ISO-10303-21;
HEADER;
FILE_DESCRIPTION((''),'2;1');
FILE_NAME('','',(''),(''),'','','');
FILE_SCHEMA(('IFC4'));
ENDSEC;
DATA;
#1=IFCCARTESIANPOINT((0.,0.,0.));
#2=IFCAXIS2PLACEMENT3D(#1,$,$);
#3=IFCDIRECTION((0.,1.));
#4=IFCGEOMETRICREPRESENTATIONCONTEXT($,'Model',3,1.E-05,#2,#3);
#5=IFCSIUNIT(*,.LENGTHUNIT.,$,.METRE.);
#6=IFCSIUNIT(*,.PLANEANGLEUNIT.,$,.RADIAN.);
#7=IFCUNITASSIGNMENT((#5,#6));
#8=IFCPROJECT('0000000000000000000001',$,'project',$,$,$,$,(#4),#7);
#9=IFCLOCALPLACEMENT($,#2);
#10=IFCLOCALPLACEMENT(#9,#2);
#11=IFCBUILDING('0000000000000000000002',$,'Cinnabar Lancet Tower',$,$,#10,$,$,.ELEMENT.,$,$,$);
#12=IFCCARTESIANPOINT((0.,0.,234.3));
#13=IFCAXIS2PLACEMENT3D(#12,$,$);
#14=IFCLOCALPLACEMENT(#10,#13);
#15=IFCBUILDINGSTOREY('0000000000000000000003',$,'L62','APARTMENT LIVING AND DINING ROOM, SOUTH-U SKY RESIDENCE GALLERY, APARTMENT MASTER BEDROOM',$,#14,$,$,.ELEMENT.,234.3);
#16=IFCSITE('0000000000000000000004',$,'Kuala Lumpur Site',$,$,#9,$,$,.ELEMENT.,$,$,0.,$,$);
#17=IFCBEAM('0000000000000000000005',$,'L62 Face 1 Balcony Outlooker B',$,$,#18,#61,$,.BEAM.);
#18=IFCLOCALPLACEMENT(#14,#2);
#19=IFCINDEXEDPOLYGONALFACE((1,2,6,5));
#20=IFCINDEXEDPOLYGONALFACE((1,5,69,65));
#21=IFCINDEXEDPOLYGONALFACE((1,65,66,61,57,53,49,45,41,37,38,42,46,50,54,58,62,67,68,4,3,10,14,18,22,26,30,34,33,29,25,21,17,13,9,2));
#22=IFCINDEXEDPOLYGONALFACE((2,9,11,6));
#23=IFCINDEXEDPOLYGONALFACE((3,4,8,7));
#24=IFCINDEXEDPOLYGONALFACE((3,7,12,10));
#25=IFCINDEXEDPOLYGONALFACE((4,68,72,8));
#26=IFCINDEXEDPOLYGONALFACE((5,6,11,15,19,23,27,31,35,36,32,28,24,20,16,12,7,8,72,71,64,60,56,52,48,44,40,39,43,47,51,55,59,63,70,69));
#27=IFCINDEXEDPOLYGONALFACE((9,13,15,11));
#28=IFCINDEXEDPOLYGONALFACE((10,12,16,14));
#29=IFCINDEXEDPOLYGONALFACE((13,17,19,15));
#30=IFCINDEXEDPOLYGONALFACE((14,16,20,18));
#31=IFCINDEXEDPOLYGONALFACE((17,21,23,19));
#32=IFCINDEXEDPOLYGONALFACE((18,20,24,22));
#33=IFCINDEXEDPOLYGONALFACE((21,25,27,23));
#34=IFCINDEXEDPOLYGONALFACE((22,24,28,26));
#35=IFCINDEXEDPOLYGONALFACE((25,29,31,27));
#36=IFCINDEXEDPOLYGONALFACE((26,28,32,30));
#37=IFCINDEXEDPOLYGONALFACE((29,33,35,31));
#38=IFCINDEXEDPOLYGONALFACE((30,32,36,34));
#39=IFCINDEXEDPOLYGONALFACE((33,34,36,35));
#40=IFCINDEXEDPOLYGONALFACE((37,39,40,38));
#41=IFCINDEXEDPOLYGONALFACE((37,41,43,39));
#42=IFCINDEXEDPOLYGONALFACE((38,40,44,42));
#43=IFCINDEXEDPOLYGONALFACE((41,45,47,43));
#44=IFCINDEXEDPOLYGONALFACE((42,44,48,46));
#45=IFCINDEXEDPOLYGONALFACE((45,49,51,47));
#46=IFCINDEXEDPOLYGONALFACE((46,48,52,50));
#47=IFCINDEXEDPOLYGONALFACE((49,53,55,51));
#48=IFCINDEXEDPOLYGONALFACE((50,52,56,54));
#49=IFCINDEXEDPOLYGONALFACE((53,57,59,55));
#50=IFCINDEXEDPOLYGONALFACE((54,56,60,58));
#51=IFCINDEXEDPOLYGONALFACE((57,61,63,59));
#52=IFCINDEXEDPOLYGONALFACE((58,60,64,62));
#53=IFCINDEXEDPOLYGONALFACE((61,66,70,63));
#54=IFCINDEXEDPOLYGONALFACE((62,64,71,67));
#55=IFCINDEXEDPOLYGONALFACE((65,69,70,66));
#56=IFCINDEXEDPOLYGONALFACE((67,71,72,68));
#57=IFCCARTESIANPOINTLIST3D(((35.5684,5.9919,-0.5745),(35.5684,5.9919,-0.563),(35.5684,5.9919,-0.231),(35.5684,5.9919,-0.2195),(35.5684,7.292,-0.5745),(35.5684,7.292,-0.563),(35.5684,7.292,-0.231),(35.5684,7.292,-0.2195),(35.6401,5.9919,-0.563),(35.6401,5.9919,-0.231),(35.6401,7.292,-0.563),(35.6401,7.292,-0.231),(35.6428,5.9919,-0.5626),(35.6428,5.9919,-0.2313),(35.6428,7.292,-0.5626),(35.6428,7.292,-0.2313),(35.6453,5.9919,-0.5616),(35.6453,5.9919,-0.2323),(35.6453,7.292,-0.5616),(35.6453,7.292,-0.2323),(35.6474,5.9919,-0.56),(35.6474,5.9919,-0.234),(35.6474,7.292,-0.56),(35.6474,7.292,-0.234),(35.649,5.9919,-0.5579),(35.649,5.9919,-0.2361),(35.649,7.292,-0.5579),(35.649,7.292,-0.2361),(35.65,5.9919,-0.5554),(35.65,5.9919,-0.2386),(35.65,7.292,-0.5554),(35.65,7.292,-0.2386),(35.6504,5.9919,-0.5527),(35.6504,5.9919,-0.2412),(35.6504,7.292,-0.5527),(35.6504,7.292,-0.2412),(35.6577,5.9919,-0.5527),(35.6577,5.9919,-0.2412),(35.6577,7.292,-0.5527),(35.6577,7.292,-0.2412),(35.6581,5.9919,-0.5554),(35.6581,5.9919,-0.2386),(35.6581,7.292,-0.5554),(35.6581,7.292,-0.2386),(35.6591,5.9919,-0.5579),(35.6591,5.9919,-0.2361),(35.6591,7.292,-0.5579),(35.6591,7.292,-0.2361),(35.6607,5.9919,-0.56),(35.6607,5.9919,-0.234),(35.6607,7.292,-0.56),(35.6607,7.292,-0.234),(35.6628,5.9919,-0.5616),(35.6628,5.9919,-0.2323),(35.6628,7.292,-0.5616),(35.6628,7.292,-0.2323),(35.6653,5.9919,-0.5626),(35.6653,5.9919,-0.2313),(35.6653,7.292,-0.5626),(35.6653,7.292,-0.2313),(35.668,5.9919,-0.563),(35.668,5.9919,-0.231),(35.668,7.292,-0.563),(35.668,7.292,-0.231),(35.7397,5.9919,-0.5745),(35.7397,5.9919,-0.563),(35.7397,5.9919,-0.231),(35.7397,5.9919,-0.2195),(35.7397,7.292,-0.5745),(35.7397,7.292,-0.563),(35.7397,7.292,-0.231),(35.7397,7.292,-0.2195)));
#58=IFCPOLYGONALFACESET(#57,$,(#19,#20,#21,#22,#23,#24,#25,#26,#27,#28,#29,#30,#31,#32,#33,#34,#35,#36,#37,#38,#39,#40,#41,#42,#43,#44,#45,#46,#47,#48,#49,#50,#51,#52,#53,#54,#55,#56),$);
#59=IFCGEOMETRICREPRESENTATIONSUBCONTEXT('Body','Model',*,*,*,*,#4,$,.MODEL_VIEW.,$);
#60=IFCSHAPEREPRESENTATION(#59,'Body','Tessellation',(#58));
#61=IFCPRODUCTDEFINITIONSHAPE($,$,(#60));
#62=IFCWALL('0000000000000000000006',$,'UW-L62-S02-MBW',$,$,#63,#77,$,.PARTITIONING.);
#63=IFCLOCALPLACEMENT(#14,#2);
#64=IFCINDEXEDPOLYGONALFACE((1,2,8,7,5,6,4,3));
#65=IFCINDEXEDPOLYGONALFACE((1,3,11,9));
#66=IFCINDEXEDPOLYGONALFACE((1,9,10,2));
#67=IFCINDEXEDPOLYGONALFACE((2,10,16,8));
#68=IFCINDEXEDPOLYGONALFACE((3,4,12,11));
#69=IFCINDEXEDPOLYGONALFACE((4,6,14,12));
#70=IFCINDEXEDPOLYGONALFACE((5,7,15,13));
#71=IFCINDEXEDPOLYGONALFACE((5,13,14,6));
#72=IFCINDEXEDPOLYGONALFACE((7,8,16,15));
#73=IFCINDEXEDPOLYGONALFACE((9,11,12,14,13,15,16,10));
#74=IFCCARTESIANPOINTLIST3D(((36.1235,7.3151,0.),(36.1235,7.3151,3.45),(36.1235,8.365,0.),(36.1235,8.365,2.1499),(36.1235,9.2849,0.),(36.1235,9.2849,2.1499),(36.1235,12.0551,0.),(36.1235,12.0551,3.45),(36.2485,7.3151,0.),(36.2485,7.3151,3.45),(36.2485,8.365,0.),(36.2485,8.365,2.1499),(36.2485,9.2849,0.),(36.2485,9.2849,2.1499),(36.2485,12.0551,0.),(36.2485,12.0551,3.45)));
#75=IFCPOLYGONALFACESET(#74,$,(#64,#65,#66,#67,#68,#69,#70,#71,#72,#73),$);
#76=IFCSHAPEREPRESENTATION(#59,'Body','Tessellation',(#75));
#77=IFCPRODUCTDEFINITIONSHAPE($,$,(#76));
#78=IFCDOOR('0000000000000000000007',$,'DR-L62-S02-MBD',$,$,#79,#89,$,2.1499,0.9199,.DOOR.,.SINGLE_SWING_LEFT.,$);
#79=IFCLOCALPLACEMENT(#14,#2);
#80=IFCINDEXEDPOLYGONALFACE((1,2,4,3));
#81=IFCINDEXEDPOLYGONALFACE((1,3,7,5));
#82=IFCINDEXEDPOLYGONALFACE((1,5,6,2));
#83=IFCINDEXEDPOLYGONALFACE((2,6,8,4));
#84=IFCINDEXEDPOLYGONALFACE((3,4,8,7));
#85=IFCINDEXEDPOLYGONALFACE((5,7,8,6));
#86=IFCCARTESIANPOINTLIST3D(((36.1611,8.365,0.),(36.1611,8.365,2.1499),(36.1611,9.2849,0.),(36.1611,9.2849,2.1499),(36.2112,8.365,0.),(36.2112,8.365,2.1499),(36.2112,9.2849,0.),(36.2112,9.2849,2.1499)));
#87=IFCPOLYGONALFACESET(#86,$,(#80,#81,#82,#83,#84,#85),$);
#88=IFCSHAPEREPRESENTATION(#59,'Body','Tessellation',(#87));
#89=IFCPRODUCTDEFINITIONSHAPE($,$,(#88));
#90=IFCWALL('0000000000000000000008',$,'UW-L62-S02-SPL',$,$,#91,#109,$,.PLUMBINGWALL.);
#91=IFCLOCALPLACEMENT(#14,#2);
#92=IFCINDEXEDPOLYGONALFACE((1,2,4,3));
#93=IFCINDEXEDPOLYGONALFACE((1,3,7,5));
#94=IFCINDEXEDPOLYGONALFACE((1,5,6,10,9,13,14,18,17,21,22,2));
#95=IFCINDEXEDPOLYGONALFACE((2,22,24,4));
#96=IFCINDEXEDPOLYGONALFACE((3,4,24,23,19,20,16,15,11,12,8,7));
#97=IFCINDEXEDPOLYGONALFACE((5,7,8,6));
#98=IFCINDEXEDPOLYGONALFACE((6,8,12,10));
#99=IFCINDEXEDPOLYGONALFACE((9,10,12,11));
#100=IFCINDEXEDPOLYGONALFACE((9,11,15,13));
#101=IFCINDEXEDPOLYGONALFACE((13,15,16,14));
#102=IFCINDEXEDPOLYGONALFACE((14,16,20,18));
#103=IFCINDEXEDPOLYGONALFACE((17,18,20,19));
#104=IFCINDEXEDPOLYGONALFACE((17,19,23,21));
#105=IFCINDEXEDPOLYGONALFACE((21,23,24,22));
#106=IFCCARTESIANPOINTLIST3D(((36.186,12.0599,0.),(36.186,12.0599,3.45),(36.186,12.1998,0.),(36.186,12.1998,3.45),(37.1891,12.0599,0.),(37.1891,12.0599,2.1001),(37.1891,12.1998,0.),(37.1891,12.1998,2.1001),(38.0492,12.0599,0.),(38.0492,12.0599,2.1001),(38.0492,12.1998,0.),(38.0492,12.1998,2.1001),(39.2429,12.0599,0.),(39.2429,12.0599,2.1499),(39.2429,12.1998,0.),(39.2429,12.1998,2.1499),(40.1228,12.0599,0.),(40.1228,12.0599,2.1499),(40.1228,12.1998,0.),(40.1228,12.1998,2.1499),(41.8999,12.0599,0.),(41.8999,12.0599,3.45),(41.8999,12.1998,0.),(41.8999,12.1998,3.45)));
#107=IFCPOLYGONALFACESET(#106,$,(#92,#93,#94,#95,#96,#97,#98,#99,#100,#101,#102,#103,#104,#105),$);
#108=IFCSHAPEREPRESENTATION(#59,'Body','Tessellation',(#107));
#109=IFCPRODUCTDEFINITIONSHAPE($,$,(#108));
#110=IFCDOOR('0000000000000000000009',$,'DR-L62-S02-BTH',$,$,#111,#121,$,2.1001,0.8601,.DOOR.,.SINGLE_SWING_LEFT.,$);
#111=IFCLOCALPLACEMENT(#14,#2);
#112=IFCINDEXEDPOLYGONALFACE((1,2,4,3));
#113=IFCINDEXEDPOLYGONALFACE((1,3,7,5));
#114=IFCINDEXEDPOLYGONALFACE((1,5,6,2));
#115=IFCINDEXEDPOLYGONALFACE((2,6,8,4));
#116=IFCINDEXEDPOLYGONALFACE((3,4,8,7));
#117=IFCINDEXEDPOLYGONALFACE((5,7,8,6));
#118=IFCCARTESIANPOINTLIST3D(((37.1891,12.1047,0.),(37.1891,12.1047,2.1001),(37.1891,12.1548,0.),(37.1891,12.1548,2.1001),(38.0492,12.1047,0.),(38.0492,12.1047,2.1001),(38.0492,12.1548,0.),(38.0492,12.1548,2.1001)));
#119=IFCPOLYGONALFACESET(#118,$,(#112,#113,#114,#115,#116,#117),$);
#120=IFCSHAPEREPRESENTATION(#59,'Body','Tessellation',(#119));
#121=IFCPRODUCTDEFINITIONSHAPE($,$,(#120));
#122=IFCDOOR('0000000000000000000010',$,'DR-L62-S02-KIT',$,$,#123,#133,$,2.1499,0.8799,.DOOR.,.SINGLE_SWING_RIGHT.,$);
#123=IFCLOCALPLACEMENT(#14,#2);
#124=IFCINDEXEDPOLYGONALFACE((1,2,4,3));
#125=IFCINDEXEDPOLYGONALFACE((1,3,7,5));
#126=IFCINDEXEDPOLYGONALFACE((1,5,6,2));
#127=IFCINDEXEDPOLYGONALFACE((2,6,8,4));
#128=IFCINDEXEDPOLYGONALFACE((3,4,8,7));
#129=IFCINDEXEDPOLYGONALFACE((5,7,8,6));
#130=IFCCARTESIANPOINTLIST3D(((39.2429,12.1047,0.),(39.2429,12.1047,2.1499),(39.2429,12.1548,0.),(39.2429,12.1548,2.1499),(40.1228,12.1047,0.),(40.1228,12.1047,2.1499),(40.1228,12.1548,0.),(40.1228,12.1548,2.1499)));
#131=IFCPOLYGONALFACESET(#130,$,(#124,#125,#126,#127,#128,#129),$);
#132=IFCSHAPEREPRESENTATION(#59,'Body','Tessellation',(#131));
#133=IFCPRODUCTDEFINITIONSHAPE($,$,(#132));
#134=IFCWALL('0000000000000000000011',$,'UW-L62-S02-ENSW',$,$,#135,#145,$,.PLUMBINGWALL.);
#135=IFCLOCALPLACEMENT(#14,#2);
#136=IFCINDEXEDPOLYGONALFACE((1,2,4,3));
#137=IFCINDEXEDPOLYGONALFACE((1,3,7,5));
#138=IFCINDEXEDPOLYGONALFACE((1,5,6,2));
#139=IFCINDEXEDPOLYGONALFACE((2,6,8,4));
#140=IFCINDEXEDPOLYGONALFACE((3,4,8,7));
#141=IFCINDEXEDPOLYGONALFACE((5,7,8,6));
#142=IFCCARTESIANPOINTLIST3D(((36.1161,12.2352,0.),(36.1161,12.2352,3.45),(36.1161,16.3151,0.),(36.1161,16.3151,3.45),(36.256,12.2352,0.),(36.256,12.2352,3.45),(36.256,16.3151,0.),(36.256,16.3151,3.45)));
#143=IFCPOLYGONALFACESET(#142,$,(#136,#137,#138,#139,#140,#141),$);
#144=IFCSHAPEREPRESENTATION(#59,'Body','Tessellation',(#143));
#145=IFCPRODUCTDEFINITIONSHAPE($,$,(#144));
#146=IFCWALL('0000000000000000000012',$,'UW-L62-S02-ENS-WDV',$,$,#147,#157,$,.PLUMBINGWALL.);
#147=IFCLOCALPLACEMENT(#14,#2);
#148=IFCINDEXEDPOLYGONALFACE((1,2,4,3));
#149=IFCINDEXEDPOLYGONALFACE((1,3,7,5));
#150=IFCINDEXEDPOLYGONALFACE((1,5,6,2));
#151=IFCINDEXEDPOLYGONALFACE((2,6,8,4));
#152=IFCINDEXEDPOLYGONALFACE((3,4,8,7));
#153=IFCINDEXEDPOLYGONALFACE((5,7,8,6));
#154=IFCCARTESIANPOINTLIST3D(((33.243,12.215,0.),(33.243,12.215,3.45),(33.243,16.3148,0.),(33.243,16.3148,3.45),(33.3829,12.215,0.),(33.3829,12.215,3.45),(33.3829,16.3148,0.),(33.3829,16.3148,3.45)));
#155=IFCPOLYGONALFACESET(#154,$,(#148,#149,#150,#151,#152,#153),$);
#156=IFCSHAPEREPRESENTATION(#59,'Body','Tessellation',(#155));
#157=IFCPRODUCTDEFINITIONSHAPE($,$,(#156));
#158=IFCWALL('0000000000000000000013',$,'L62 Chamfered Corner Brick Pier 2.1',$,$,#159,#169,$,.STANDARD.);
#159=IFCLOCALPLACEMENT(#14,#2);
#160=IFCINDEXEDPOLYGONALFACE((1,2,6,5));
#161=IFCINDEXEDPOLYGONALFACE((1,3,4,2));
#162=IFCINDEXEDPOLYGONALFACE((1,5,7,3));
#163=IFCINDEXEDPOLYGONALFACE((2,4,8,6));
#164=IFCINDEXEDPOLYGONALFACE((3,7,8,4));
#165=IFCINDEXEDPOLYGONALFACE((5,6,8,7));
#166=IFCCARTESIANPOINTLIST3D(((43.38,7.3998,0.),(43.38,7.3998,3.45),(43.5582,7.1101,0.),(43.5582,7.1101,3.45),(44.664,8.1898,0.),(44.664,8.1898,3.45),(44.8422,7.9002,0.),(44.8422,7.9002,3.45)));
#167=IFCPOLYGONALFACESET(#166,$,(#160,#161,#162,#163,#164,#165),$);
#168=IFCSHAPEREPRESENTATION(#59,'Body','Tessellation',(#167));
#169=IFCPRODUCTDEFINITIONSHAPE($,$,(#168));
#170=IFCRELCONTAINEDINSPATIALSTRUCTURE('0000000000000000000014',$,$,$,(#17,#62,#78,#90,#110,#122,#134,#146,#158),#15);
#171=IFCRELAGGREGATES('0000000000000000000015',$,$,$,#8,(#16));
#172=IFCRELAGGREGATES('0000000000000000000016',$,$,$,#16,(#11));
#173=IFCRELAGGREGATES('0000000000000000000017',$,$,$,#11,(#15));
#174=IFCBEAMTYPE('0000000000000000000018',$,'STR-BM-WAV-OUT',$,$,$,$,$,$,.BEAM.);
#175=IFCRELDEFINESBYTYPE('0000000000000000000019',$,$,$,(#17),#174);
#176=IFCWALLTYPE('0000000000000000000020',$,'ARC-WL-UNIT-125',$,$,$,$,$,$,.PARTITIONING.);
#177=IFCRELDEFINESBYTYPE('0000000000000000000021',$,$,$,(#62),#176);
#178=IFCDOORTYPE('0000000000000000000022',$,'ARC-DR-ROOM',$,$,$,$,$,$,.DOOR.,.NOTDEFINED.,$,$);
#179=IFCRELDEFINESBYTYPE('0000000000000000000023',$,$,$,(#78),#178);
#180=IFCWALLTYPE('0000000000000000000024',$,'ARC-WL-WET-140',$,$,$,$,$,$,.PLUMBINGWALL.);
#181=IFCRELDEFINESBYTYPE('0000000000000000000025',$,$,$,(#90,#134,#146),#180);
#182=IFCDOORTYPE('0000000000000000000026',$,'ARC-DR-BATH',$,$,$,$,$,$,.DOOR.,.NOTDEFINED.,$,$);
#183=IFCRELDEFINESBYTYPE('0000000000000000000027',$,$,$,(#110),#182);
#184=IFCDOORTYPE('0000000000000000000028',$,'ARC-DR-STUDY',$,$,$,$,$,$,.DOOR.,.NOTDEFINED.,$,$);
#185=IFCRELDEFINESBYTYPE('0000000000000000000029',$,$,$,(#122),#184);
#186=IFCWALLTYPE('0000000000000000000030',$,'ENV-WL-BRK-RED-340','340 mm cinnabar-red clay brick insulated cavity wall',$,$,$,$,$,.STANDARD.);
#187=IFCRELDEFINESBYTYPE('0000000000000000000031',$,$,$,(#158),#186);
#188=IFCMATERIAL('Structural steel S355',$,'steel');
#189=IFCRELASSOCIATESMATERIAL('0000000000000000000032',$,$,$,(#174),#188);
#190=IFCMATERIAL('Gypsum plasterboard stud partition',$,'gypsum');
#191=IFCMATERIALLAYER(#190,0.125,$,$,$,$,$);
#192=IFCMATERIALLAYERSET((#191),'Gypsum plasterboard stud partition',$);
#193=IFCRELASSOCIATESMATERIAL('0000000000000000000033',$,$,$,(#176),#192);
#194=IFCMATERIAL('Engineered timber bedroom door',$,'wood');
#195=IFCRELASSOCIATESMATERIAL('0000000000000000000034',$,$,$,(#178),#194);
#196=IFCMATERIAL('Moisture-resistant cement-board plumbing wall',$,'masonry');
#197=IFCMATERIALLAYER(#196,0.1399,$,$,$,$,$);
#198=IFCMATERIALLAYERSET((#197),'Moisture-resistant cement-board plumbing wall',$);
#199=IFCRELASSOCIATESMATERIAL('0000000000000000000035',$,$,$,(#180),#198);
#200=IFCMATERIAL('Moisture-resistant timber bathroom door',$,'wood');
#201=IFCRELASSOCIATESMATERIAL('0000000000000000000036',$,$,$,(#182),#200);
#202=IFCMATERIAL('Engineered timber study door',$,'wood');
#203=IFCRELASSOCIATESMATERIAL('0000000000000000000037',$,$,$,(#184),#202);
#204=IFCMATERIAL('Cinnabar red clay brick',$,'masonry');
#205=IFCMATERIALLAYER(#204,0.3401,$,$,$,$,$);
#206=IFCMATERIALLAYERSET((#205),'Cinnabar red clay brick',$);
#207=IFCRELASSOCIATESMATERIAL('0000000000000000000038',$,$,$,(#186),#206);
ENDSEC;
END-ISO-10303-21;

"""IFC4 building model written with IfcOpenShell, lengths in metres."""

from ifc_helpers import new_model, si_unit, direction, frame, frame_2d, origin, origin_2d, place, context, subcontext, project, spatial, rectangle, i_section, extrude, material, layer, layer_set, material_profile, profile_set, type_object, element, fill, save


model = new_model("IFC4")

# Units and contexts
model_context = context("Model", 3, precision=1e-05, world=origin(), true_north=direction((0.0, 1.0)))
body_context = subcontext(model_context, "Body", "Model", "MODEL_VIEW")
ifc_project = project(units=[si_unit("LENGTHUNIT", "METRE"), si_unit("PLANEANGLEUNIT", "RADIAN")], contexts=[model_context])

# Site, building, storey
site_placement = place(None, origin())
site = spatial("IfcSite", under=ifc_project, at=site_placement, Name="Kuala Lumpur Site", CompositionType="ELEMENT", RefElevation=0.0)
building_placement = place(site_placement, origin())
building = spatial("IfcBuilding", under=site, at=building_placement, Name="Cinnabar Lancet Tower", CompositionType="ELEMENT")
storey_placement = place(building_placement, frame((0.0, 0.0, 234.3)))
storey = spatial("IfcBuildingStorey", under=building, at=storey_placement, Name="L62", Description="APARTMENT LIVING AND DINING ROOM, SOUTH-U SKY RESIDENCE GALLERY, APARTMENT MASTER BEDROOM", CompositionType="ELEMENT", Elevation=234.3)

# Beam
ifc_material_1 = material(Name="Structural steel S355", Category="steel")
ifc_material_profile_1 = material_profile(ifc_material_1, i_section(OverallWidth=0.1714, OverallDepth=0.355, WebThickness=0.0073, FlangeThickness=0.0115, FilletRadius=0.0103, at=origin_2d()), Name="UKB 356x171x51")
ifc_profile_set_1 = profile_set([ifc_material_profile_1], Name="Structural steel S355")
beam_type_1 = type_object("IfcBeamType", Name="STR-BM-WAV-OUT", PredefinedType="BEAM", material=ifc_profile_set_1)
beam_1_placement = place(storey_placement, frame((35.6541, 7.292, -0.397), z_axis=(0.0, -1.0, 0.0), x_axis=(1.0, 0.0, 0.0)))
element("IfcBeam", 1, at=beam_1_placement, inside=storey, type_object=beam_type_1, Name="L62 Face 1 Balcony Outlooker B", PredefinedType="BEAM", context=body_context, shape_type="SweptSolid", body=[
    extrude(i_section(OverallWidth=0.1714, OverallDepth=0.355, WebThickness=0.0073, FlangeThickness=0.0115, FilletRadius=0.0103, at=origin_2d()), origin(), (0.0, 0.0, 1.0), 1.3),
])

# Wall, opening, door
ifc_material_2 = material(Name="Gypsum plasterboard stud partition", Category="gypsum")
ifc_layer_1 = layer(ifc_material_2, 0.125)
ifc_layer_set_1 = layer_set([ifc_layer_1], Name="Gypsum plasterboard stud partition")
wall_type_1 = type_object("IfcWallType", Name="ARC-WL-UNIT-125", PredefinedType="PARTITIONING", material=ifc_layer_set_1)
wall_1_placement = place(storey_placement, frame((36.186, 7.3149, 0.0), z_axis=(0.0, 0.0, 1.0), x_axis=(0.0, 1.0, 0.0)))
wall_1 = element("IfcWall", 2, at=wall_1_placement, inside=storey, type_object=wall_type_1, Name="UW-L62-S02-MBW", PredefinedType="PARTITIONING", context=body_context, shape_type="SweptSolid", body=[
    extrude(rectangle(XDim=4.74, YDim=0.125, at=frame_2d((2.3701, 0.0))), origin(), (0.0, 0.0, 1.0), 3.45),
])
opening_1_placement = place(wall_1_placement, frame((1.05, 0.0, 0.0)))
opening_1 = element("IfcOpeningElement", 3, at=opening_1_placement, cuts=wall_1, PredefinedType="OPENING", context=body_context, shape_type="SweptSolid", body=[
    extrude(rectangle(XDim=0.9199, YDim=2.1499, at=frame_2d((0.46, 1.075))), frame((0.0, 0.0725, 0.0), z_axis=(0.0, -1.0, 0.0), x_axis=(1.0, 0.0, 0.0)), (0.0, 0.0, 1.0), 0.145),
])
ifc_material_3 = material(Name="Engineered timber bedroom door", Category="wood")
door_type_1 = type_object("IfcDoorType", Name="ARC-DR-ROOM", OperationType="NOTDEFINED", PredefinedType="DOOR", material=ifc_material_3)
door_1_placement = place(opening_1_placement, origin())
door_1 = element("IfcDoor", 4, at=door_1_placement, inside=storey, type_object=door_type_1, Name="DR-L62-S02-MBD", OperationType="SINGLE_SWING_LEFT", OverallHeight=2.1499, OverallWidth=0.9199, PredefinedType="DOOR", context=body_context, shape_type="SweptSolid", body=[
    extrude(rectangle(XDim=0.9199, YDim=2.1499, at=frame_2d((0.46, 1.075))), frame((0.0, 0.0249, 0.0), z_axis=(0.0, -1.0, 0.0), x_axis=(1.0, 0.0, 0.0)), (0.0, 0.0, 1.0), 0.05),
])
fill(opening_1, door_1)

# Wall, openings, doors
ifc_material_4 = material(Name="Moisture-resistant cement-board plumbing wall", Category="masonry")
ifc_layer_2 = layer(ifc_material_4, 0.1399)
ifc_layer_set_2 = layer_set([ifc_layer_2], Name="Moisture-resistant cement-board plumbing wall")
wall_type_2 = type_object("IfcWallType", Name="ARC-WL-WET-140", PredefinedType="PLUMBINGWALL", material=ifc_layer_set_2)
wall_2_placement = place(storey_placement, frame((36.186, 12.1299, 0.0), z_axis=(0.0, 0.0, 1.0), x_axis=(1.0, 0.0, 0.0)))
wall_2 = element("IfcWall", 5, at=wall_2_placement, inside=storey, type_object=wall_type_2, Name="UW-L62-S02-SPL", PredefinedType="PLUMBINGWALL", context=body_context, shape_type="SweptSolid", body=[
    extrude(rectangle(XDim=5.7139, YDim=0.1399, at=frame_2d((2.8569, 0.0))), origin(), (0.0, 0.0, 1.0), 3.45),
])
opening_2_placement = place(wall_2_placement, frame((1.0029, 0.0, 0.0)))
opening_2 = element("IfcOpeningElement", 6, at=opening_2_placement, cuts=wall_2, PredefinedType="OPENING", context=body_context, shape_type="SweptSolid", body=[
    extrude(rectangle(XDim=0.8601, YDim=2.1001, at=frame_2d((0.4302, 1.05))), frame((0.0, 0.0798, 0.0), z_axis=(0.0, -1.0, 0.0), x_axis=(1.0, 0.0, 0.0)), (0.0, 0.0, 1.0), 0.1599),
])
opening_3_placement = place(wall_2_placement, frame((3.0569, 0.0, 0.0)))
opening_3 = element("IfcOpeningElement", 7, at=opening_3_placement, cuts=wall_2, PredefinedType="OPENING", context=body_context, shape_type="SweptSolid", body=[
    extrude(rectangle(XDim=0.8799, YDim=2.1499, at=frame_2d((0.4399, 1.075))), frame((0.0, 0.0798, 0.0), z_axis=(0.0, -1.0, 0.0), x_axis=(1.0, 0.0, 0.0)), (0.0, 0.0, 1.0), 0.1599),
])
ifc_material_5 = material(Name="Moisture-resistant timber bathroom door", Category="wood")
door_type_2 = type_object("IfcDoorType", Name="ARC-DR-BATH", OperationType="NOTDEFINED", PredefinedType="DOOR", material=ifc_material_5)
door_2_placement = place(opening_2_placement, origin())
door_2 = element("IfcDoor", 8, at=door_2_placement, inside=storey, type_object=door_type_2, Name="DR-L62-S02-BTH", OperationType="SINGLE_SWING_LEFT", OverallHeight=2.1001, OverallWidth=0.8601, PredefinedType="DOOR", context=body_context, shape_type="SweptSolid", body=[
    extrude(rectangle(XDim=0.8601, YDim=2.1001, at=frame_2d((0.4302, 1.05))), frame((0.0, 0.0249, 0.0), z_axis=(0.0, -1.0, 0.0), x_axis=(1.0, 0.0, 0.0)), (0.0, 0.0, 1.0), 0.05),
])
fill(opening_2, door_2)
ifc_material_6 = material(Name="Engineered timber study door", Category="wood")
door_type_3 = type_object("IfcDoorType", Name="ARC-DR-STUDY", OperationType="NOTDEFINED", PredefinedType="DOOR", material=ifc_material_6)
door_3_placement = place(opening_3_placement, origin())
door_3 = element("IfcDoor", 9, at=door_3_placement, inside=storey, type_object=door_type_3, Name="DR-L62-S02-KIT", OperationType="SINGLE_SWING_RIGHT", OverallHeight=2.1499, OverallWidth=0.8799, PredefinedType="DOOR", context=body_context, shape_type="SweptSolid", body=[
    extrude(rectangle(XDim=0.8799, YDim=2.1499, at=frame_2d((0.4399, 1.075))), frame((0.0, 0.0249, 0.0), z_axis=(0.0, -1.0, 0.0), x_axis=(1.0, 0.0, 0.0)), (0.0, 0.0, 1.0), 0.05),
])
fill(opening_3, door_3)

# Walls
wall_3_placement = place(storey_placement, frame((36.186, 12.2351, 0.0), z_axis=(0.0, 0.0, 1.0), x_axis=(0.0, 1.0, 0.0)))
element("IfcWall", 10, at=wall_3_placement, inside=storey, type_object=wall_type_2, Name="UW-L62-S02-ENSW", PredefinedType="PLUMBINGWALL", context=body_context, shape_type="SweptSolid", body=[
    extrude(rectangle(XDim=4.0798, YDim=0.1399, at=frame_2d((2.04, 0.0))), origin(), (0.0, 0.0, 1.0), 3.45),
])
wall_4_placement = place(storey_placement, frame((33.313, 12.2151, 0.0), z_axis=(0.0, 0.0, 1.0), x_axis=(0.0, 1.0, 0.0)))
element("IfcWall", 11, at=wall_4_placement, inside=storey, type_object=wall_type_2, Name="UW-L62-S02-ENS-WDV", PredefinedType="PLUMBINGWALL", context=body_context, shape_type="SweptSolid", body=[
    extrude(rectangle(XDim=4.0999, YDim=0.1399, at=frame_2d((2.0498, 0.0))), origin(), (0.0, 0.0, 1.0), 3.45),
])
ifc_material_7 = material(Name="Cinnabar red clay brick", Category="masonry")
ifc_layer_3 = layer(ifc_material_7, 0.3401)
ifc_layer_set_3 = layer_set([ifc_layer_3], Name="Cinnabar red clay brick")
wall_type_3 = type_object("IfcWallType", Name="ENV-WL-BRK-RED-340", Description="340 mm cinnabar-red clay brick insulated cavity wall", PredefinedType="STANDARD", material=ifc_layer_set_3)
wall_5_placement = place(storey_placement, frame((43.469, 7.2549, 0.0), z_axis=(0.0, 0.0, 1.0), x_axis=(0.851681, 0.524061, 0.0)))
element("IfcWall", 12, at=wall_5_placement, inside=storey, type_object=wall_type_3, Name="L62 Chamfered Corner Brick Pier 2.1", PredefinedType="STANDARD", context=body_context, shape_type="SweptSolid", body=[
    extrude(rectangle(XDim=1.5076, YDim=0.3401, at=frame_2d((0.7539, 0.0))), origin(), (0.0, 0.0, 1.0), 3.45),
])

save(model, "model.ifc")
